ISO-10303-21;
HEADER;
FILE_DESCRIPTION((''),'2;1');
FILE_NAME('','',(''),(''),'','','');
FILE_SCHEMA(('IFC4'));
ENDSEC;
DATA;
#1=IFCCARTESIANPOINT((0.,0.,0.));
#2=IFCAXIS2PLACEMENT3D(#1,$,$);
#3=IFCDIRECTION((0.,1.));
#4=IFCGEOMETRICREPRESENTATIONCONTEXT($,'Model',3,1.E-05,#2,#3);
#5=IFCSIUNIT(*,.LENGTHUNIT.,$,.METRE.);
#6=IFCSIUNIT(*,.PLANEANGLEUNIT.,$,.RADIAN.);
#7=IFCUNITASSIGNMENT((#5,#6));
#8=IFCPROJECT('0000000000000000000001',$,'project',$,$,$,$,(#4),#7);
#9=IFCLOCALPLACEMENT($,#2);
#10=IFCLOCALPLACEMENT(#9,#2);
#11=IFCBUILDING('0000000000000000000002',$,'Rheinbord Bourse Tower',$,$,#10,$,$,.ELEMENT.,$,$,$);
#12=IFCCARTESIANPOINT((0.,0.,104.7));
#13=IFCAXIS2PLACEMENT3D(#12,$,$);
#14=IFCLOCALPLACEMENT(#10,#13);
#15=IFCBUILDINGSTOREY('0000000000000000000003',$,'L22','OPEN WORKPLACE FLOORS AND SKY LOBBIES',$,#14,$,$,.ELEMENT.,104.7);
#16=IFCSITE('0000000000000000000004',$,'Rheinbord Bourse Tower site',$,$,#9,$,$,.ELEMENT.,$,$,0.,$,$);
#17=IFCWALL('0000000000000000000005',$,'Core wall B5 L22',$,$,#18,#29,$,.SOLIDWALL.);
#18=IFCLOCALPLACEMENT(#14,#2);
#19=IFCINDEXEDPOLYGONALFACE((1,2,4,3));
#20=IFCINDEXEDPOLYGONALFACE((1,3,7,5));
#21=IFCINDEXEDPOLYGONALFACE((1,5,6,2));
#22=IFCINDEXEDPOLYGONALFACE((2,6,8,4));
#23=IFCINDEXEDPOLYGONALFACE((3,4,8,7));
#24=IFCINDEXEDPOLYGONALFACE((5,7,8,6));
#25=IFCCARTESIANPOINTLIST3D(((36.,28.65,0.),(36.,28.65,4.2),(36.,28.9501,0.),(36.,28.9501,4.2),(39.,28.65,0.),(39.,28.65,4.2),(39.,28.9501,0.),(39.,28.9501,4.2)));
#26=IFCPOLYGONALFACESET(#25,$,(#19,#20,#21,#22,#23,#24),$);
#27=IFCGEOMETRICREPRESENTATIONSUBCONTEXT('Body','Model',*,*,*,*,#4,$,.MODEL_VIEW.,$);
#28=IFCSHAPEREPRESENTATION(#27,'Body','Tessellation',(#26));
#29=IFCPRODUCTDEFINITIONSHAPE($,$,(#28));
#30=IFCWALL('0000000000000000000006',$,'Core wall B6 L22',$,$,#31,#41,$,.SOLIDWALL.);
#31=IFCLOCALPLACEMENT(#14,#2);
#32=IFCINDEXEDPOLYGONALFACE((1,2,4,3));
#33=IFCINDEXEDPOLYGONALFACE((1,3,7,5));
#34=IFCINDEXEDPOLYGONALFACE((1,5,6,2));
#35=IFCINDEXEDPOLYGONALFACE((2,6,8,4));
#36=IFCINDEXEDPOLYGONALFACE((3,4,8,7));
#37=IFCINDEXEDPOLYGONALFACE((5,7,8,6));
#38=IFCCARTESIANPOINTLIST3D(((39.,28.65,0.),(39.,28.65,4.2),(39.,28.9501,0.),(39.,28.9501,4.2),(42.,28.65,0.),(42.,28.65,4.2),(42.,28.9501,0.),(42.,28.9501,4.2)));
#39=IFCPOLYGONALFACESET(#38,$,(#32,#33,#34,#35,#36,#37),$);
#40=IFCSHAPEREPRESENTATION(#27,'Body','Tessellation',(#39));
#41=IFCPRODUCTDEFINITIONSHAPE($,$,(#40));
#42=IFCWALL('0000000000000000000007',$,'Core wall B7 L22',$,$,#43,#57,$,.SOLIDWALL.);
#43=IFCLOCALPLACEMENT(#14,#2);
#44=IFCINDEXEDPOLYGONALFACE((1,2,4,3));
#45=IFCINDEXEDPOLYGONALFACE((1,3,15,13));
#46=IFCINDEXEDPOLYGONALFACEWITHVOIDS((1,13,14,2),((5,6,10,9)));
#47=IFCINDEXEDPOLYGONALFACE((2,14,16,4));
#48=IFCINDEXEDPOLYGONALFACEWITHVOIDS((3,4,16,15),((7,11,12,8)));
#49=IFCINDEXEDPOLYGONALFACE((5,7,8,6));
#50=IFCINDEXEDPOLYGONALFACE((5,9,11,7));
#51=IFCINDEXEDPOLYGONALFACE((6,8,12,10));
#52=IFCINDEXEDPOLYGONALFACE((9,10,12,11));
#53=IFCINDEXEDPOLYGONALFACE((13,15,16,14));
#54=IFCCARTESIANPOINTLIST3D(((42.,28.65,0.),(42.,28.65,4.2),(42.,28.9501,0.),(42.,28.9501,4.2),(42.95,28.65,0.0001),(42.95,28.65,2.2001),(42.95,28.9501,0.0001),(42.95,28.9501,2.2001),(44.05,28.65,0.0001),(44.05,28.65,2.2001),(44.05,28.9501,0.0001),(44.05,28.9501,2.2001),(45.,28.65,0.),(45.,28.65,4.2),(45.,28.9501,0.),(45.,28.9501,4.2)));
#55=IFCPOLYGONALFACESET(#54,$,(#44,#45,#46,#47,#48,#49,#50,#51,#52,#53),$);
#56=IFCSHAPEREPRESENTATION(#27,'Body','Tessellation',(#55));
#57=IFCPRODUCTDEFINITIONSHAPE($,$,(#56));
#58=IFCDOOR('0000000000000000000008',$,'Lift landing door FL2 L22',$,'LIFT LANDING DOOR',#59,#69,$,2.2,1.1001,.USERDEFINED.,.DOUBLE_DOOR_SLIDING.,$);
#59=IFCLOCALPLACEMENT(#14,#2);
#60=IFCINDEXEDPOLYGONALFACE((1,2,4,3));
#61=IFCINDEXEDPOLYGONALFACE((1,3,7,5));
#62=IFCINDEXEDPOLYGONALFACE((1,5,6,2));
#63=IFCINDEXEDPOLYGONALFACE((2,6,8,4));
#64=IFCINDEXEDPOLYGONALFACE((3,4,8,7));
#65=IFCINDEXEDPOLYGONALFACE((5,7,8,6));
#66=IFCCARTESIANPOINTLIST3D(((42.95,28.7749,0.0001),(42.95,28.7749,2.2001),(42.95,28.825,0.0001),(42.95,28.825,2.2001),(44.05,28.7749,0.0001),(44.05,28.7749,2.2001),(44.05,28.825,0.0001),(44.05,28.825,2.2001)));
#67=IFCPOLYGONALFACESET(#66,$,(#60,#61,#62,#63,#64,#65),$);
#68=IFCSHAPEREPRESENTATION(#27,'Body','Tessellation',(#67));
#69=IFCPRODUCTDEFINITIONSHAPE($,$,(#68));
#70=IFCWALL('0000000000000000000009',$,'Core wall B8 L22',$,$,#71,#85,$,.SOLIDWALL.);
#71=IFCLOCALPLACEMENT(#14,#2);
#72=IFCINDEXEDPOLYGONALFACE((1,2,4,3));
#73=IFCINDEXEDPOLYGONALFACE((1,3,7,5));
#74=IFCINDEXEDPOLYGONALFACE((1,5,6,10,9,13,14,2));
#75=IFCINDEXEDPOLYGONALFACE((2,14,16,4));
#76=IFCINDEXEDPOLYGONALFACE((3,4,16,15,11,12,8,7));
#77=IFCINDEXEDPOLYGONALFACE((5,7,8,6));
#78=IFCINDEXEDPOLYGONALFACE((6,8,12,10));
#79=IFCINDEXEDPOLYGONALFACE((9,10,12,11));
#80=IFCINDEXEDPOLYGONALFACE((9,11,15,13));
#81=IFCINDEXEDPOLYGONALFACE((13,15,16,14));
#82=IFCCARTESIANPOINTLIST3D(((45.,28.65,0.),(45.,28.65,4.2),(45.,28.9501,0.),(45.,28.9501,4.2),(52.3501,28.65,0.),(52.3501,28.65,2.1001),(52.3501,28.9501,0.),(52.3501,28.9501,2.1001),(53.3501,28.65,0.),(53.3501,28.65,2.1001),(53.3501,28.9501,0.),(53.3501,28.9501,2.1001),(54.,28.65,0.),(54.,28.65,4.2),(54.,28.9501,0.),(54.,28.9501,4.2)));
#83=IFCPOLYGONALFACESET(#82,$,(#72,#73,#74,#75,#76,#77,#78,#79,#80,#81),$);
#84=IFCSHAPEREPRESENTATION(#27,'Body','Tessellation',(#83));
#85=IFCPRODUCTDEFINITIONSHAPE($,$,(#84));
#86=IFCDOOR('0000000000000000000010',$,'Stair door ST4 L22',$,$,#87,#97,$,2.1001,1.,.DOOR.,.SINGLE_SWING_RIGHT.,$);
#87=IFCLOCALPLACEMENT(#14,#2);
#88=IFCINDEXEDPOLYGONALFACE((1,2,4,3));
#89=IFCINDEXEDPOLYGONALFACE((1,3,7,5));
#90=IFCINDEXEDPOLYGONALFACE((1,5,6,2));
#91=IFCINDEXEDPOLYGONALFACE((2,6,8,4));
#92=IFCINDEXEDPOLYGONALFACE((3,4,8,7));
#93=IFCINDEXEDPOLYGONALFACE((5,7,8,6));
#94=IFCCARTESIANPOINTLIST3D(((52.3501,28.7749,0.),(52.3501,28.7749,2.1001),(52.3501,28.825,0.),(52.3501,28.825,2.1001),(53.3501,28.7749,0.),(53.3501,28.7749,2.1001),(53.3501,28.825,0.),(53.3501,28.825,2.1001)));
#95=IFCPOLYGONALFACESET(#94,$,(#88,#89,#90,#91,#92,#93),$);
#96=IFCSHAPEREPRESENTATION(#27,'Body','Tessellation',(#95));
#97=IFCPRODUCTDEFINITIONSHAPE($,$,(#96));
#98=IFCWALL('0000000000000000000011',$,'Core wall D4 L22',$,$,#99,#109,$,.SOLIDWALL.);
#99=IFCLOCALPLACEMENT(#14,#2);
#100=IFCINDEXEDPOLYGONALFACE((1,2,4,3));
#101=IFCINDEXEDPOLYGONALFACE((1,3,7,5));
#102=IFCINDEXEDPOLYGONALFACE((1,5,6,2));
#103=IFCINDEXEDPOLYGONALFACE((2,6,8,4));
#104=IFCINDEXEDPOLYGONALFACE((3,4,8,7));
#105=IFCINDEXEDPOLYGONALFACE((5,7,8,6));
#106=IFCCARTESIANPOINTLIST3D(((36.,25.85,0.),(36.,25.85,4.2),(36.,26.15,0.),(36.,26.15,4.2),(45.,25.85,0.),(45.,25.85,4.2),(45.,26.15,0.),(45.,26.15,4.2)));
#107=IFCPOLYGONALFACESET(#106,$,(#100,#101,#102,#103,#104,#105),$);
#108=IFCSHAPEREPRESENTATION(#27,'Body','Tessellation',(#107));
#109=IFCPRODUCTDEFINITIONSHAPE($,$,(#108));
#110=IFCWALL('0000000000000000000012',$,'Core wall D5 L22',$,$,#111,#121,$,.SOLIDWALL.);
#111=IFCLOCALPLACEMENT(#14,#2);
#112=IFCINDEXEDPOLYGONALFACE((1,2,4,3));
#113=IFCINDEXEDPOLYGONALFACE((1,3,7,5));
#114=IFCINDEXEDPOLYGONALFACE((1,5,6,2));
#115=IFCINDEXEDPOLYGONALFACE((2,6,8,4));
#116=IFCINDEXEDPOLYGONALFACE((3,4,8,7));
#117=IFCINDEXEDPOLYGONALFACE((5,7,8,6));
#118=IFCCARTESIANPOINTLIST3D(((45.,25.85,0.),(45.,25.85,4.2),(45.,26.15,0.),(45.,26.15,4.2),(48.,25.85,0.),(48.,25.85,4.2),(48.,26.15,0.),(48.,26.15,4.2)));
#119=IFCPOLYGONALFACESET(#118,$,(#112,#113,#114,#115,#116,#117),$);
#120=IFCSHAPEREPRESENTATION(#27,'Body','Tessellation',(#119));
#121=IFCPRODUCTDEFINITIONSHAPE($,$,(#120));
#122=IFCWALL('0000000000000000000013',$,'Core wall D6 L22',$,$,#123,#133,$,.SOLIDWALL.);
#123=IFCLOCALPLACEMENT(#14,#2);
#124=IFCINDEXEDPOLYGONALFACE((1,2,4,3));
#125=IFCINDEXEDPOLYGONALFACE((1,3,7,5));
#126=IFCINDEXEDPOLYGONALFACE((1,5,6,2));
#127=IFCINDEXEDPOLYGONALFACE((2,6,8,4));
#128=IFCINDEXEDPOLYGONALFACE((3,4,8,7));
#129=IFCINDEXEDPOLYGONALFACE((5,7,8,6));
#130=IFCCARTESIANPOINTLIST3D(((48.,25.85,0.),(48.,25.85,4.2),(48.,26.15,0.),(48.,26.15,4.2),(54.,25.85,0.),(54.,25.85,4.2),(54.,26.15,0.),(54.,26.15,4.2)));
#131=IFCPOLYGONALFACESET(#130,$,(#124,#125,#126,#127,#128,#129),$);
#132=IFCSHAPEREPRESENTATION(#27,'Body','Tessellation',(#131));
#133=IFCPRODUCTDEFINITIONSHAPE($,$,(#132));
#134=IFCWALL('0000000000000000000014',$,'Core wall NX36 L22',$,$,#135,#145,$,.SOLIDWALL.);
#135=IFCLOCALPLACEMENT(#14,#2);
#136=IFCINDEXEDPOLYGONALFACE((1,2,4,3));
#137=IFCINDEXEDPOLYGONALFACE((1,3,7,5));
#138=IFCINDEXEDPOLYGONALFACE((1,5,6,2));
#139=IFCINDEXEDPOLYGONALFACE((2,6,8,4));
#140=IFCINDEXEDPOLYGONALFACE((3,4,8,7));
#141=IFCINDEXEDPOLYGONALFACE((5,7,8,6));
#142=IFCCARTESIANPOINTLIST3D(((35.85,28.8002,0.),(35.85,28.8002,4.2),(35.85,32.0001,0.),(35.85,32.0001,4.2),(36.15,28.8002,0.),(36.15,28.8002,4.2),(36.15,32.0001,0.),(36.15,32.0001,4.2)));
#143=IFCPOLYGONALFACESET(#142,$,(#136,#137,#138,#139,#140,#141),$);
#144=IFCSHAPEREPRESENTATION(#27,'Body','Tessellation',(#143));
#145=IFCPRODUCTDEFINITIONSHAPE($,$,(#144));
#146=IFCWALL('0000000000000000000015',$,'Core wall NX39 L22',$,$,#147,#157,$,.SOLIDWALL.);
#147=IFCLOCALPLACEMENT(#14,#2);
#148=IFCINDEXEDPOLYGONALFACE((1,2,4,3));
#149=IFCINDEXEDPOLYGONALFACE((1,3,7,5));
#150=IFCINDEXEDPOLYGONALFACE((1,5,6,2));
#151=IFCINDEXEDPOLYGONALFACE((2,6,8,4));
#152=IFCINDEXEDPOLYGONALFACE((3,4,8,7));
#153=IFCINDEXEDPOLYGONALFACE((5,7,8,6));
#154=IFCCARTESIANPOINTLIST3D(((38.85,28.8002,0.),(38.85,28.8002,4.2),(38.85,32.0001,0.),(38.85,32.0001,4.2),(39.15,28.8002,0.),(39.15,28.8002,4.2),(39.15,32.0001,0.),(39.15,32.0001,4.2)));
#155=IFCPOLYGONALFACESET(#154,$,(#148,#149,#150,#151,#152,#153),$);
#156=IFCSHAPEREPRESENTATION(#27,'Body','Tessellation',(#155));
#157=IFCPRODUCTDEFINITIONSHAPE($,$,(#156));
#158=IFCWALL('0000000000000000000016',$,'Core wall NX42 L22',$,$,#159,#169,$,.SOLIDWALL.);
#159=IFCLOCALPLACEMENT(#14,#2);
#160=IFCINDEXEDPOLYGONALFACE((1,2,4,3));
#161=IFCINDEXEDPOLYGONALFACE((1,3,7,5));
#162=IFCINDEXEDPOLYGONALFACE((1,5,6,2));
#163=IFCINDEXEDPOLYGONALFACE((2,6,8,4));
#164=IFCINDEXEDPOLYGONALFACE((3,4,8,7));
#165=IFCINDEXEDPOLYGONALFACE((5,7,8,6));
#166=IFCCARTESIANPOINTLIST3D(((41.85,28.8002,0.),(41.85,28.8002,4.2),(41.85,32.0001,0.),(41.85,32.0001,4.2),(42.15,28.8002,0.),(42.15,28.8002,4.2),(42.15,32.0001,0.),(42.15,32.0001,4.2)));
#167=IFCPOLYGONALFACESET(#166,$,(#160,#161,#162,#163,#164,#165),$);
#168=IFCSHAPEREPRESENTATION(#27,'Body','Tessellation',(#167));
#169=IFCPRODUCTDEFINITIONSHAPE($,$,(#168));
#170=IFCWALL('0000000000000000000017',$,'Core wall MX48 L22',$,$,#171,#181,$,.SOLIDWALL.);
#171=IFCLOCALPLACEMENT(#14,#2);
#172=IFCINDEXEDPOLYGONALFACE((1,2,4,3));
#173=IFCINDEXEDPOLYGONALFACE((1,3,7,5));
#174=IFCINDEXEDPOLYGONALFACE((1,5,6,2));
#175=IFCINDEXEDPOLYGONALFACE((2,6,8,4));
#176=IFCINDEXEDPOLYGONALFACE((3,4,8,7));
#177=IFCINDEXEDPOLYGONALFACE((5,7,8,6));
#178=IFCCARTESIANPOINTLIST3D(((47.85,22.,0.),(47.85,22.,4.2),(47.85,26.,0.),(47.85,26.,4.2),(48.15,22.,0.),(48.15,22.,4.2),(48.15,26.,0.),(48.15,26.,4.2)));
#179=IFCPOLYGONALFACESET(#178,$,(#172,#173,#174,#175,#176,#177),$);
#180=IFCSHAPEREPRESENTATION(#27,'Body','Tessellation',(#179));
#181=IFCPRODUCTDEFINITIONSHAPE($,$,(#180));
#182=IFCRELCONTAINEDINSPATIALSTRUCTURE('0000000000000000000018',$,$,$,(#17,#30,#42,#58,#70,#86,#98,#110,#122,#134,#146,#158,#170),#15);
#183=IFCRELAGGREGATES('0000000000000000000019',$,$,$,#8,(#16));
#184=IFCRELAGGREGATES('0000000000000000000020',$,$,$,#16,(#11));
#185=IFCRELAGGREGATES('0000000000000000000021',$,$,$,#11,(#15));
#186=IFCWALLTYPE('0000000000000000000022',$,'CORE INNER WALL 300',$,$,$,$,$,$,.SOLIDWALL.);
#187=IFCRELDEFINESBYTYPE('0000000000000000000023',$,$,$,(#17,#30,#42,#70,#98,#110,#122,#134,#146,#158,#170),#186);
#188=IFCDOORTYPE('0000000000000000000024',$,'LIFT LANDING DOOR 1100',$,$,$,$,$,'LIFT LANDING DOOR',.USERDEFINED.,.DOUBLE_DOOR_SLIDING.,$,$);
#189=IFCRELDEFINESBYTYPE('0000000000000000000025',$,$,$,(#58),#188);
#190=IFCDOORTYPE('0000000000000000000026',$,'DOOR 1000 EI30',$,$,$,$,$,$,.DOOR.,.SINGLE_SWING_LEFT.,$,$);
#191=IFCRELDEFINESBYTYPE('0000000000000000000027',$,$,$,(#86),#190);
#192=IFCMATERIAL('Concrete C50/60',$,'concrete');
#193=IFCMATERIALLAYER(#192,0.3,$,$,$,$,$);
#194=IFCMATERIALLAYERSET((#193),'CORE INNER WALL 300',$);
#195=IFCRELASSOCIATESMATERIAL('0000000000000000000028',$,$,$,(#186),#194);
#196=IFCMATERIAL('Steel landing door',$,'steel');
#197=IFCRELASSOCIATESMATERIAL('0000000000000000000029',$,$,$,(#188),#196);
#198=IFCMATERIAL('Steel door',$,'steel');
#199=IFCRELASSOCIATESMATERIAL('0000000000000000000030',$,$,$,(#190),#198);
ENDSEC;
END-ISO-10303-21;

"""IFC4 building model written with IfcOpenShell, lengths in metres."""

from ifc_helpers import new_model, si_unit, direction, frame, frame_2d, origin, place, context, subcontext, project, spatial, rectangle, extrude, material, layer, layer_set, type_object, element, fill, save


model = new_model("IFC4")

# Units and contexts
model_context = context("Model", 3, precision=1e-05, world=origin(), true_north=direction((0.0, 1.0)))
body_context = subcontext(model_context, "Body", "Model", "MODEL_VIEW")
ifc_project = project(units=[si_unit("LENGTHUNIT", "METRE"), si_unit("PLANEANGLEUNIT", "RADIAN")], contexts=[model_context])

# Site, building, storey
site_placement = place(None, origin())
site = spatial("IfcSite", under=ifc_project, at=site_placement, Name="Rheinbord Bourse Tower site", CompositionType="ELEMENT", RefElevation=0.0)
building_placement = place(site_placement, origin())
building = spatial("IfcBuilding", under=site, at=building_placement, Name="Rheinbord Bourse Tower", CompositionType="ELEMENT")
storey_placement = place(building_placement, frame((0.0, 0.0, 104.7)))
storey = spatial("IfcBuildingStorey", under=building, at=storey_placement, Name="L22", Description="OPEN WORKPLACE FLOORS AND SKY LOBBIES", CompositionType="ELEMENT", Elevation=104.7)

# Walls
ifc_material_1 = material(Name="Concrete C50/60", Category="concrete")
ifc_layer_1 = layer(ifc_material_1, 0.3)
ifc_layer_set_1 = layer_set([ifc_layer_1], Name="CORE INNER WALL 300")
wall_type_1 = type_object("IfcWallType", Name="CORE INNER WALL 300", PredefinedType="SOLIDWALL", material=ifc_layer_set_1)
for number, where, z_axis, x_axis, name in (
    (1, (36.0, 28.8, 0.0), (0.0, 0.0, 1.0), (1.0, 0.0, 0.0), "Core wall B5 L22"),
    (2, (39.0, 28.8, 0.0), (0.0, 0.0, 1.0), (1.0, 0.0, 0.0), "Core wall B6 L22"),
):
    element("IfcWall", number, at=place(storey_placement, frame(where, z_axis=z_axis, x_axis=x_axis)), inside=storey, type_object=wall_type_1, Name=name, PredefinedType="SOLIDWALL", context=body_context, shape_type="SweptSolid", body=[
        extrude(rectangle(XDim=3.0, YDim=0.3, at=frame_2d((1.5, 0.0))), origin(), (0.0, 0.0, 1.0), 4.2),
    ])

# Walls, openings, doors
wall_1_placement = place(storey_placement, frame((42.0, 28.8, 0.0), z_axis=(0.0, 0.0, 1.0), x_axis=(1.0, 0.0, 0.0)))
wall_1 = element("IfcWall", 3, at=wall_1_placement, inside=storey, type_object=wall_type_1, Name="Core wall B7 L22", PredefinedType="SOLIDWALL", context=body_context, shape_type="SweptSolid", body=[
    extrude(rectangle(XDim=3.0, YDim=0.3, at=frame_2d((1.5, 0.0))), origin(), (0.0, 0.0, 1.0), 4.2),
])
opening_1_placement = place(wall_1_placement, frame((0.95, 0.0, 0.0)))
opening_1 = element("IfcOpeningElement", 4, at=opening_1_placement, cuts=wall_1, PredefinedType="OPENING", context=body_context, shape_type="SweptSolid", body=[
    extrude(rectangle(XDim=1.1001, YDim=2.2, at=frame_2d((0.55, 1.1001))), frame((0.0, 0.1599, 0.0), z_axis=(0.0, -1.0, 0.0), x_axis=(1.0, 0.0, 0.0)), (0.0, 0.0, 1.0), 0.3201),
])
ifc_material_2 = material(Name="Steel landing door", Category="steel")
door_type_1 = type_object("IfcDoorType", Name="LIFT LANDING DOOR 1100", ElementType="LIFT LANDING DOOR", OperationType="DOUBLE_DOOR_SLIDING", PredefinedType="USERDEFINED", material=ifc_material_2)
door_1_placement = place(opening_1_placement, origin())
door_1 = element("IfcDoor", 5, at=door_1_placement, inside=storey, type_object=door_type_1, Name="Lift landing door FL2 L22", ObjectType="LIFT LANDING DOOR", OperationType="DOUBLE_DOOR_SLIDING", OverallHeight=2.2, OverallWidth=1.1001, PredefinedType="USERDEFINED", context=body_context, shape_type="SweptSolid", body=[
    extrude(rectangle(XDim=1.1001, YDim=2.2, at=frame_2d((0.55, 1.1001))), frame((0.0, 0.0249, 0.0), z_axis=(0.0, -1.0, 0.0), x_axis=(1.0, 0.0, 0.0)), (0.0, 0.0, 1.0), 0.05),
])
fill(opening_1, door_1)
wall_2_placement = place(storey_placement, frame((45.0, 28.8, 0.0), z_axis=(0.0, 0.0, 1.0), x_axis=(1.0, 0.0, 0.0)))
wall_2 = element("IfcWall", 6, at=wall_2_placement, inside=storey, type_object=wall_type_1, Name="Core wall B8 L22", PredefinedType="SOLIDWALL", context=body_context, shape_type="SweptSolid", body=[
    extrude(rectangle(XDim=9.0, YDim=0.3, at=frame_2d((4.5, 0.0))), origin(), (0.0, 0.0, 1.0), 4.2),
])
opening_2_placement = place(wall_2_placement, frame((7.3501, 0.0, 0.0)))
opening_2 = element("IfcOpeningElement", 7, at=opening_2_placement, cuts=wall_2, PredefinedType="OPENING", context=body_context, shape_type="SweptSolid", body=[
    extrude(rectangle(XDim=1.0, YDim=2.1001, at=frame_2d((0.5, 1.05))), frame((0.0, 0.1599, 0.0), z_axis=(0.0, -1.0, 0.0), x_axis=(1.0, 0.0, 0.0)), (0.0, 0.0, 1.0), 0.3201),
])
ifc_material_3 = material(Name="Steel door", Category="steel")
door_type_2 = type_object("IfcDoorType", Name="DOOR 1000 EI30", OperationType="SINGLE_SWING_LEFT", PredefinedType="DOOR", material=ifc_material_3)
door_2_placement = place(opening_2_placement, origin())
door_2 = element("IfcDoor", 8, at=door_2_placement, inside=storey, type_object=door_type_2, Name="Stair door ST4 L22", OperationType="SINGLE_SWING_RIGHT", OverallHeight=2.1001, OverallWidth=1.0, PredefinedType="DOOR", context=body_context, shape_type="SweptSolid", body=[
    extrude(rectangle(XDim=1.0, YDim=2.1001, at=frame_2d((0.5, 1.05))), frame((0.0, 0.0249, 0.0), z_axis=(0.0, -1.0, 0.0), x_axis=(1.0, 0.0, 0.0)), (0.0, 0.0, 1.0), 0.05),
])
fill(opening_2, door_2)

# Walls
wall_3_placement = place(storey_placement, frame((36.0, 26.0, 0.0), z_axis=(0.0, 0.0, 1.0), x_axis=(1.0, 0.0, 0.0)))
element("IfcWall", 9, at=wall_3_placement, inside=storey, type_object=wall_type_1, Name="Core wall D4 L22", PredefinedType="SOLIDWALL", context=body_context, shape_type="SweptSolid", body=[
    extrude(rectangle(XDim=9.0, YDim=0.3, at=frame_2d((4.5, 0.0))), origin(), (0.0, 0.0, 1.0), 4.2),
])
wall_4_placement = place(storey_placement, frame((45.0, 26.0, 0.0), z_axis=(0.0, 0.0, 1.0), x_axis=(1.0, 0.0, 0.0)))
element("IfcWall", 10, at=wall_4_placement, inside=storey, type_object=wall_type_1, Name="Core wall D5 L22", PredefinedType="SOLIDWALL", context=body_context, shape_type="SweptSolid", body=[
    extrude(rectangle(XDim=3.0, YDim=0.3, at=frame_2d((1.5, 0.0))), origin(), (0.0, 0.0, 1.0), 4.2),
])
wall_5_placement = place(storey_placement, frame((48.0, 26.0, 0.0), z_axis=(0.0, 0.0, 1.0), x_axis=(1.0, 0.0, 0.0)))
element("IfcWall", 11, at=wall_5_placement, inside=storey, type_object=wall_type_1, Name="Core wall D6 L22", PredefinedType="SOLIDWALL", context=body_context, shape_type="SweptSolid", body=[
    extrude(rectangle(XDim=6.0, YDim=0.3, at=frame_2d((3.0, 0.0))), origin(), (0.0, 0.0, 1.0), 4.2),
])
for number, where, z_axis, x_axis, name in (
    (12, (36.0, 28.8, 0.0), (0.0, 0.0, 1.0), (0.0, 1.0, 0.0), "Core wall NX36 L22"),
    (13, (39.0, 28.8, 0.0), (0.0, 0.0, 1.0), (0.0, 1.0, 0.0), "Core wall NX39 L22"),
    (14, (42.0, 28.8, 0.0), (0.0, 0.0, 1.0), (0.0, 1.0, 0.0), "Core wall NX42 L22"),
):
    element("IfcWall", number, at=place(storey_placement, frame(where, z_axis=z_axis, x_axis=x_axis)), inside=storey, type_object=wall_type_1, Name=name, PredefinedType="SOLIDWALL", context=body_context, shape_type="SweptSolid", body=[
        extrude(rectangle(XDim=3.2, YDim=0.3, at=frame_2d((1.6001, 0.0))), origin(), (0.0, 0.0, 1.0), 4.2),
    ])
wall_6_placement = place(storey_placement, frame((48.0, 22.0, 0.0), z_axis=(0.0, 0.0, 1.0), x_axis=(0.0, 1.0, 0.0)))
element("IfcWall", 15, at=wall_6_placement, inside=storey, type_object=wall_type_1, Name="Core wall MX48 L22", PredefinedType="SOLIDWALL", context=body_context, shape_type="SweptSolid", body=[
    extrude(rectangle(XDim=4.0, YDim=0.3, at=frame_2d((2.0, 0.0))), origin(), (0.0, 0.0, 1.0), 4.2),
])

save(model, "model.ifc")
